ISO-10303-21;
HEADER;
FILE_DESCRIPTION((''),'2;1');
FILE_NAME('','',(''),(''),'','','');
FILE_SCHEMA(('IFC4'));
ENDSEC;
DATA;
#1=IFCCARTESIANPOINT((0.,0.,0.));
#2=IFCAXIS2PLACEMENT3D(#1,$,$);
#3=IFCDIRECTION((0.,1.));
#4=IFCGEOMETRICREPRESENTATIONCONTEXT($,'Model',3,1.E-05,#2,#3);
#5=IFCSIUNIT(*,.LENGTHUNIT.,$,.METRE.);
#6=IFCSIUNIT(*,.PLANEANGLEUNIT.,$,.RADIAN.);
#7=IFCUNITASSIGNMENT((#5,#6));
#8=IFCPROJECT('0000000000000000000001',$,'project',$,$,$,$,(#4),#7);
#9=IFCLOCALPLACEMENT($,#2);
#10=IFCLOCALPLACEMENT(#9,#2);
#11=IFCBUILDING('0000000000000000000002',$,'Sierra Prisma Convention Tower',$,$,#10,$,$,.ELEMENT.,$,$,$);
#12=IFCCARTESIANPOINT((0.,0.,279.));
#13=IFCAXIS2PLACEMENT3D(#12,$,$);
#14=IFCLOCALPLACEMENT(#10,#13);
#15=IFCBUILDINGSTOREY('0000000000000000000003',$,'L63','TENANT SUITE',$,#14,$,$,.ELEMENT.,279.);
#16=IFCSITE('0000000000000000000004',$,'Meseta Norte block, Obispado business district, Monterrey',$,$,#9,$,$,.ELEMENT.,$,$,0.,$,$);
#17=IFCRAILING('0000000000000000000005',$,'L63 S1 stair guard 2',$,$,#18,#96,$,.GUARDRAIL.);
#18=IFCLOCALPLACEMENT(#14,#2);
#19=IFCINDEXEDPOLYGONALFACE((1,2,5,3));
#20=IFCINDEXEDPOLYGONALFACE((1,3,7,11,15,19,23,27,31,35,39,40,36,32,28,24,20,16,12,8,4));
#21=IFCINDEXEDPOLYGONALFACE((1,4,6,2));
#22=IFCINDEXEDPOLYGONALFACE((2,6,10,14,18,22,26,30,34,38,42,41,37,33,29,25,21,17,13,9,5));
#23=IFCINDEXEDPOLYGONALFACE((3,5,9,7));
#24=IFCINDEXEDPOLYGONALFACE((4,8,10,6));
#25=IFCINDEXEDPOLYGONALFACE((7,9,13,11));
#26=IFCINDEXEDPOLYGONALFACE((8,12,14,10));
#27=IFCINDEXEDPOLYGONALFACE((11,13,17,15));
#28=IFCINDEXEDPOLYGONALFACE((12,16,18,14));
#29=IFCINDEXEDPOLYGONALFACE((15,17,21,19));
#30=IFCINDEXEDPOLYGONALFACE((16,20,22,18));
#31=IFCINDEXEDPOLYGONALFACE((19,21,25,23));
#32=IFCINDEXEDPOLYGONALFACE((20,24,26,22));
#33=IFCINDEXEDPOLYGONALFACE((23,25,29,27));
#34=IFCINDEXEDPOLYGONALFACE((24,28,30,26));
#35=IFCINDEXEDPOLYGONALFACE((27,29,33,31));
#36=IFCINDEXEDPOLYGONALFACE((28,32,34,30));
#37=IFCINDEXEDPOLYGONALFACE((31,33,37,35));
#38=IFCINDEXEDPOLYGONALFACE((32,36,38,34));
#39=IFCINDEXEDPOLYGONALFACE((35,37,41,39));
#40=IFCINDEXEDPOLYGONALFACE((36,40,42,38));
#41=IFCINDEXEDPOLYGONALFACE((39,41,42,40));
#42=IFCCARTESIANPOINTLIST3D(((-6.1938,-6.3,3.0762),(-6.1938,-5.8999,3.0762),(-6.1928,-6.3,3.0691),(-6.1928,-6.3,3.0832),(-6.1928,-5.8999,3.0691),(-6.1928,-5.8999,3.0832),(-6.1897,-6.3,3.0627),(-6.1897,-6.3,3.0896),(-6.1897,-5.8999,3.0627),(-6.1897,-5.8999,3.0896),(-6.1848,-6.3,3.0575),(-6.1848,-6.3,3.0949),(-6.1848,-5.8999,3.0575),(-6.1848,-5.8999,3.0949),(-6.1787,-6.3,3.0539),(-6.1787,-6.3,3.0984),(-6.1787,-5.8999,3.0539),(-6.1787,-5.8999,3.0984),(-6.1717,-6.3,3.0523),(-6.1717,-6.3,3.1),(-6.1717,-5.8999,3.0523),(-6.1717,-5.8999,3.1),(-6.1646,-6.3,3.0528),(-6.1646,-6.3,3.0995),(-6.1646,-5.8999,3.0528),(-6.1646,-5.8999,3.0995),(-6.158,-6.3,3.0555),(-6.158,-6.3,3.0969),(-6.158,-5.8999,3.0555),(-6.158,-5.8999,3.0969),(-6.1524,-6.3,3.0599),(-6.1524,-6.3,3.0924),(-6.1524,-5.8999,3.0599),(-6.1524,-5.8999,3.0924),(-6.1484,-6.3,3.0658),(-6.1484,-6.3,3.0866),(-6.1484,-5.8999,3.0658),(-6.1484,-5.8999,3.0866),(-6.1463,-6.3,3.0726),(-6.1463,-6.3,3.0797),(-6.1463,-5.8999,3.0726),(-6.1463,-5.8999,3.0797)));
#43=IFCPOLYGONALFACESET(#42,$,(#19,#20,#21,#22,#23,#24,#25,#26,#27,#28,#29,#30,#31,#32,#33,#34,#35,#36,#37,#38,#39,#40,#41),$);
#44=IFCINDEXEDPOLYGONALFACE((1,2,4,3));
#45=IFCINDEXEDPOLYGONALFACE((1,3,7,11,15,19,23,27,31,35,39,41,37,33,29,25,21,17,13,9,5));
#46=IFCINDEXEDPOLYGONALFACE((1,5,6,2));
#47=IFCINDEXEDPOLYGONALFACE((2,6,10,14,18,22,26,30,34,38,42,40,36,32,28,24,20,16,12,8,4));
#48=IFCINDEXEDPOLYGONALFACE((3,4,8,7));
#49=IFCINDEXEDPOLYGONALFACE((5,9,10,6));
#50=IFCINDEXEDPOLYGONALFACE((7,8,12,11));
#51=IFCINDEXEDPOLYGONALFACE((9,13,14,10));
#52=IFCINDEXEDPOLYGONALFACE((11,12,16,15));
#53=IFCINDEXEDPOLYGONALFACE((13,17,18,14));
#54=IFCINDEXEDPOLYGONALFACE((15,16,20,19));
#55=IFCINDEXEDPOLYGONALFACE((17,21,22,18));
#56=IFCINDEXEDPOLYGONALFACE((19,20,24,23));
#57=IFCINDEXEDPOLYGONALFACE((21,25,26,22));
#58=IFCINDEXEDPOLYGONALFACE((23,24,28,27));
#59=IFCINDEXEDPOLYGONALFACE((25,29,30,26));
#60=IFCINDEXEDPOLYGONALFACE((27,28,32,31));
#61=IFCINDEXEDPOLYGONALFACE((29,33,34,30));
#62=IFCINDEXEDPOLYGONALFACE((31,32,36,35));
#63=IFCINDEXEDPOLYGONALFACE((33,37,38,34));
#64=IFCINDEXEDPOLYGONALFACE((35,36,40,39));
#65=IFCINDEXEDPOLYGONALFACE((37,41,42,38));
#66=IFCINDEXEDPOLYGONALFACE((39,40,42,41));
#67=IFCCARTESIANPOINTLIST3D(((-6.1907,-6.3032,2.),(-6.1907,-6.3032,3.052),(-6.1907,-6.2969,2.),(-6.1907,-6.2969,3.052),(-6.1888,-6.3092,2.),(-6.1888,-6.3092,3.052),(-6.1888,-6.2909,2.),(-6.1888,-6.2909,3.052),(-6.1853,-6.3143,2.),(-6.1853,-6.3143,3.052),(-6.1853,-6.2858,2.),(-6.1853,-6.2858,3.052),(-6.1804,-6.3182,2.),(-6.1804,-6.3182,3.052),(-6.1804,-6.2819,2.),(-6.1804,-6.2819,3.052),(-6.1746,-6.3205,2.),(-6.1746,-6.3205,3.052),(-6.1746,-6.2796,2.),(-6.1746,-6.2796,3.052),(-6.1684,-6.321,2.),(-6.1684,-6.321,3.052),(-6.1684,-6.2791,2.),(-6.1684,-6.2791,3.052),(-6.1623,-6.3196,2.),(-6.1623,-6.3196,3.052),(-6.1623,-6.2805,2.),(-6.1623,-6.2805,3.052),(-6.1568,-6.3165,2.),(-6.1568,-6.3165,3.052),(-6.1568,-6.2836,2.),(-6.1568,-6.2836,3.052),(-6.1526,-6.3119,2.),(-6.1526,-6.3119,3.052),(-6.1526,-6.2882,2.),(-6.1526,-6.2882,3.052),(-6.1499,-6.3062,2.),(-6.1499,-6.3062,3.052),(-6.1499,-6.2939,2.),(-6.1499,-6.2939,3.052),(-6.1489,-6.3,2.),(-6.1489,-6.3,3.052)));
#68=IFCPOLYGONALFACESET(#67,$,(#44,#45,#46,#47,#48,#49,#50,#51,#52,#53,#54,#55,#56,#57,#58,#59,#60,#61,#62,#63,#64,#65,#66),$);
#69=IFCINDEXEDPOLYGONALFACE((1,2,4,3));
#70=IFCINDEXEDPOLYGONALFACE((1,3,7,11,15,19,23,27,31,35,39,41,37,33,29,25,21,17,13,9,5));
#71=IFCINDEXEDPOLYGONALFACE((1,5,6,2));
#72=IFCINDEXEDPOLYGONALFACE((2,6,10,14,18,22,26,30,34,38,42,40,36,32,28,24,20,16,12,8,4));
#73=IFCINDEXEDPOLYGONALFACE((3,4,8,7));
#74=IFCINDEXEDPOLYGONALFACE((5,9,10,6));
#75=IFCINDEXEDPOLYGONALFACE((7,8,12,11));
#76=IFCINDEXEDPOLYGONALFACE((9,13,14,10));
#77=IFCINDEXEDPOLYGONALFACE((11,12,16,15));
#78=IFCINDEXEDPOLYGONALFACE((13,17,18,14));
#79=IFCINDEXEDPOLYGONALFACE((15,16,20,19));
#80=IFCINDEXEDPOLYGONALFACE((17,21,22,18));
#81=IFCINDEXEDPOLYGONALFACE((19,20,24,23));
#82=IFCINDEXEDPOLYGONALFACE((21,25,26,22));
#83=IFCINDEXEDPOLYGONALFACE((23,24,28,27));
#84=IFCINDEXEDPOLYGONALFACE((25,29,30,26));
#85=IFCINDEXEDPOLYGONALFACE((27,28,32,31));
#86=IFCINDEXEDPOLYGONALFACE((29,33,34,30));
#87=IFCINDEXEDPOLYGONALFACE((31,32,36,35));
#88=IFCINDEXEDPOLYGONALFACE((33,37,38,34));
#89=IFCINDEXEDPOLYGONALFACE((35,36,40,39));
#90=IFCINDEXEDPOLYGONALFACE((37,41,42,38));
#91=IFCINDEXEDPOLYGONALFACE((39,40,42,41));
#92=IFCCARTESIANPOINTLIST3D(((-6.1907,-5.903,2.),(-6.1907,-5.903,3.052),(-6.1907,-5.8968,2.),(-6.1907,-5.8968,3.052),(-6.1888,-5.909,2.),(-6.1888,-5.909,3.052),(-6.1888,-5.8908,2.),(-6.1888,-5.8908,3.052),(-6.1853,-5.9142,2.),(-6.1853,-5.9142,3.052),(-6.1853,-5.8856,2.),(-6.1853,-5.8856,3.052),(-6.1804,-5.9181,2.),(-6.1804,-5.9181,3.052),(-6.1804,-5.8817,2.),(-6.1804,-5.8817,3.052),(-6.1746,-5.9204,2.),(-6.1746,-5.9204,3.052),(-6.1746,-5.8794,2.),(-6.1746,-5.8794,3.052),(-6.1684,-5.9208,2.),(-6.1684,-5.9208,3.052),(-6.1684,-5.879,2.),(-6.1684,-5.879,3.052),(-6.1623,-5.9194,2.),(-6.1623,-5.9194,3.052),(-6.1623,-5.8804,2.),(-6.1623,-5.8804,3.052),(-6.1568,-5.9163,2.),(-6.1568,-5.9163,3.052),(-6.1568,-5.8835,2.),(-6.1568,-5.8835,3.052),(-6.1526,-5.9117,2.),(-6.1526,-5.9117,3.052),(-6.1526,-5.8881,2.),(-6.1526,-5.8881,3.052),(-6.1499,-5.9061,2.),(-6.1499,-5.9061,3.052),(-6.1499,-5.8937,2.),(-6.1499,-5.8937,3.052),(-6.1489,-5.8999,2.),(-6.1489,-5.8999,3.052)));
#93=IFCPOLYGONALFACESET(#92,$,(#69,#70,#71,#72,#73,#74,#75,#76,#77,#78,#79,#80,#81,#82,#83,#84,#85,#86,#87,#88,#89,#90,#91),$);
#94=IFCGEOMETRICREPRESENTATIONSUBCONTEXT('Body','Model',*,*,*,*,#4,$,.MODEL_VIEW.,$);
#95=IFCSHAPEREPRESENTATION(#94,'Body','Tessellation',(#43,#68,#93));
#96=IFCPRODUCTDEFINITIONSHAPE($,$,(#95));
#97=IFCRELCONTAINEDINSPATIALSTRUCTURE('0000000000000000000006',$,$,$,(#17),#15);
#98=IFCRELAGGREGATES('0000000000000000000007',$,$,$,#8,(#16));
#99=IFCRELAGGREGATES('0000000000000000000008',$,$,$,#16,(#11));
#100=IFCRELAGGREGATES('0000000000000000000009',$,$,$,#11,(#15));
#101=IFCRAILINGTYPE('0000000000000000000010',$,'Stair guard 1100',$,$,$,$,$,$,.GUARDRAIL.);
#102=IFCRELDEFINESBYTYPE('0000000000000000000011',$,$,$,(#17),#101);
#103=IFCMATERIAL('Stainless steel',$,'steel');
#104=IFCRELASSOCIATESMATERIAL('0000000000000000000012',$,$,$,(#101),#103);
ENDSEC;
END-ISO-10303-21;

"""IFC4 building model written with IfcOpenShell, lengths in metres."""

from ifc_helpers import new_model, si_unit, direction, frame, origin, origin_2d, place, context, subcontext, project, spatial, circle, extrude, material, type_object, element, save


model = new_model("IFC4")

# Units and contexts
model_context = context("Model", 3, precision=1e-05, world=origin(), true_north=direction((0.0, 1.0)))
body_context = subcontext(model_context, "Body", "Model", "MODEL_VIEW")
ifc_project = project(units=[si_unit("LENGTHUNIT", "METRE"), si_unit("PLANEANGLEUNIT", "RADIAN")], contexts=[model_context])

# Site, building, storey
site_placement = place(None, origin())
site = spatial("IfcSite", under=ifc_project, at=site_placement, Name="Meseta Norte block, Obispado business district, Monterrey", CompositionType="ELEMENT", RefElevation=0.0)
building_placement = place(site_placement, origin())
building = spatial("IfcBuilding", under=site, at=building_placement, Name="Sierra Prisma Convention Tower", CompositionType="ELEMENT")
storey_placement = place(building_placement, frame((0.0, 0.0, 279.0)))
storey = spatial("IfcBuildingStorey", under=building, at=storey_placement, Name="L63", Description="TENANT SUITE", CompositionType="ELEMENT", Elevation=279.0)

# Railing
ifc_material_1 = material(Name="Stainless steel", Category="steel")
railing_type_1 = type_object("IfcRailingType", Name="Stair guard 1100", PredefinedType="GUARDRAIL", material=ifc_material_1)
railing_1_placement = place(storey_placement, frame((-6.1699, -6.3, 2.0)))
element("IfcRailing", 1, at=railing_1_placement, inside=storey, type_object=railing_type_1, Name="L63 S1 stair guard 2", PredefinedType="GUARDRAIL", context=body_context, shape_type="SweptSolid", body=[
    extrude(circle(Radius=0.0239, at=origin_2d()), frame((0.0, 0.0, 1.0762), z_axis=(0.0, 1.0, 0.0), x_axis=(-1.0, 0.0, 0.0)), (0.0, 0.0, 1.0), 0.4001),
    extrude(circle(Radius=0.021, at=origin_2d()), origin(), (0.0, 0.0, 1.0), 1.052),
    extrude(circle(Radius=0.021, at=origin_2d()), frame((0.0, 0.4001, 0.0)), (0.0, 0.0, 1.0), 1.052),
])

save(model, "model.ifc")
